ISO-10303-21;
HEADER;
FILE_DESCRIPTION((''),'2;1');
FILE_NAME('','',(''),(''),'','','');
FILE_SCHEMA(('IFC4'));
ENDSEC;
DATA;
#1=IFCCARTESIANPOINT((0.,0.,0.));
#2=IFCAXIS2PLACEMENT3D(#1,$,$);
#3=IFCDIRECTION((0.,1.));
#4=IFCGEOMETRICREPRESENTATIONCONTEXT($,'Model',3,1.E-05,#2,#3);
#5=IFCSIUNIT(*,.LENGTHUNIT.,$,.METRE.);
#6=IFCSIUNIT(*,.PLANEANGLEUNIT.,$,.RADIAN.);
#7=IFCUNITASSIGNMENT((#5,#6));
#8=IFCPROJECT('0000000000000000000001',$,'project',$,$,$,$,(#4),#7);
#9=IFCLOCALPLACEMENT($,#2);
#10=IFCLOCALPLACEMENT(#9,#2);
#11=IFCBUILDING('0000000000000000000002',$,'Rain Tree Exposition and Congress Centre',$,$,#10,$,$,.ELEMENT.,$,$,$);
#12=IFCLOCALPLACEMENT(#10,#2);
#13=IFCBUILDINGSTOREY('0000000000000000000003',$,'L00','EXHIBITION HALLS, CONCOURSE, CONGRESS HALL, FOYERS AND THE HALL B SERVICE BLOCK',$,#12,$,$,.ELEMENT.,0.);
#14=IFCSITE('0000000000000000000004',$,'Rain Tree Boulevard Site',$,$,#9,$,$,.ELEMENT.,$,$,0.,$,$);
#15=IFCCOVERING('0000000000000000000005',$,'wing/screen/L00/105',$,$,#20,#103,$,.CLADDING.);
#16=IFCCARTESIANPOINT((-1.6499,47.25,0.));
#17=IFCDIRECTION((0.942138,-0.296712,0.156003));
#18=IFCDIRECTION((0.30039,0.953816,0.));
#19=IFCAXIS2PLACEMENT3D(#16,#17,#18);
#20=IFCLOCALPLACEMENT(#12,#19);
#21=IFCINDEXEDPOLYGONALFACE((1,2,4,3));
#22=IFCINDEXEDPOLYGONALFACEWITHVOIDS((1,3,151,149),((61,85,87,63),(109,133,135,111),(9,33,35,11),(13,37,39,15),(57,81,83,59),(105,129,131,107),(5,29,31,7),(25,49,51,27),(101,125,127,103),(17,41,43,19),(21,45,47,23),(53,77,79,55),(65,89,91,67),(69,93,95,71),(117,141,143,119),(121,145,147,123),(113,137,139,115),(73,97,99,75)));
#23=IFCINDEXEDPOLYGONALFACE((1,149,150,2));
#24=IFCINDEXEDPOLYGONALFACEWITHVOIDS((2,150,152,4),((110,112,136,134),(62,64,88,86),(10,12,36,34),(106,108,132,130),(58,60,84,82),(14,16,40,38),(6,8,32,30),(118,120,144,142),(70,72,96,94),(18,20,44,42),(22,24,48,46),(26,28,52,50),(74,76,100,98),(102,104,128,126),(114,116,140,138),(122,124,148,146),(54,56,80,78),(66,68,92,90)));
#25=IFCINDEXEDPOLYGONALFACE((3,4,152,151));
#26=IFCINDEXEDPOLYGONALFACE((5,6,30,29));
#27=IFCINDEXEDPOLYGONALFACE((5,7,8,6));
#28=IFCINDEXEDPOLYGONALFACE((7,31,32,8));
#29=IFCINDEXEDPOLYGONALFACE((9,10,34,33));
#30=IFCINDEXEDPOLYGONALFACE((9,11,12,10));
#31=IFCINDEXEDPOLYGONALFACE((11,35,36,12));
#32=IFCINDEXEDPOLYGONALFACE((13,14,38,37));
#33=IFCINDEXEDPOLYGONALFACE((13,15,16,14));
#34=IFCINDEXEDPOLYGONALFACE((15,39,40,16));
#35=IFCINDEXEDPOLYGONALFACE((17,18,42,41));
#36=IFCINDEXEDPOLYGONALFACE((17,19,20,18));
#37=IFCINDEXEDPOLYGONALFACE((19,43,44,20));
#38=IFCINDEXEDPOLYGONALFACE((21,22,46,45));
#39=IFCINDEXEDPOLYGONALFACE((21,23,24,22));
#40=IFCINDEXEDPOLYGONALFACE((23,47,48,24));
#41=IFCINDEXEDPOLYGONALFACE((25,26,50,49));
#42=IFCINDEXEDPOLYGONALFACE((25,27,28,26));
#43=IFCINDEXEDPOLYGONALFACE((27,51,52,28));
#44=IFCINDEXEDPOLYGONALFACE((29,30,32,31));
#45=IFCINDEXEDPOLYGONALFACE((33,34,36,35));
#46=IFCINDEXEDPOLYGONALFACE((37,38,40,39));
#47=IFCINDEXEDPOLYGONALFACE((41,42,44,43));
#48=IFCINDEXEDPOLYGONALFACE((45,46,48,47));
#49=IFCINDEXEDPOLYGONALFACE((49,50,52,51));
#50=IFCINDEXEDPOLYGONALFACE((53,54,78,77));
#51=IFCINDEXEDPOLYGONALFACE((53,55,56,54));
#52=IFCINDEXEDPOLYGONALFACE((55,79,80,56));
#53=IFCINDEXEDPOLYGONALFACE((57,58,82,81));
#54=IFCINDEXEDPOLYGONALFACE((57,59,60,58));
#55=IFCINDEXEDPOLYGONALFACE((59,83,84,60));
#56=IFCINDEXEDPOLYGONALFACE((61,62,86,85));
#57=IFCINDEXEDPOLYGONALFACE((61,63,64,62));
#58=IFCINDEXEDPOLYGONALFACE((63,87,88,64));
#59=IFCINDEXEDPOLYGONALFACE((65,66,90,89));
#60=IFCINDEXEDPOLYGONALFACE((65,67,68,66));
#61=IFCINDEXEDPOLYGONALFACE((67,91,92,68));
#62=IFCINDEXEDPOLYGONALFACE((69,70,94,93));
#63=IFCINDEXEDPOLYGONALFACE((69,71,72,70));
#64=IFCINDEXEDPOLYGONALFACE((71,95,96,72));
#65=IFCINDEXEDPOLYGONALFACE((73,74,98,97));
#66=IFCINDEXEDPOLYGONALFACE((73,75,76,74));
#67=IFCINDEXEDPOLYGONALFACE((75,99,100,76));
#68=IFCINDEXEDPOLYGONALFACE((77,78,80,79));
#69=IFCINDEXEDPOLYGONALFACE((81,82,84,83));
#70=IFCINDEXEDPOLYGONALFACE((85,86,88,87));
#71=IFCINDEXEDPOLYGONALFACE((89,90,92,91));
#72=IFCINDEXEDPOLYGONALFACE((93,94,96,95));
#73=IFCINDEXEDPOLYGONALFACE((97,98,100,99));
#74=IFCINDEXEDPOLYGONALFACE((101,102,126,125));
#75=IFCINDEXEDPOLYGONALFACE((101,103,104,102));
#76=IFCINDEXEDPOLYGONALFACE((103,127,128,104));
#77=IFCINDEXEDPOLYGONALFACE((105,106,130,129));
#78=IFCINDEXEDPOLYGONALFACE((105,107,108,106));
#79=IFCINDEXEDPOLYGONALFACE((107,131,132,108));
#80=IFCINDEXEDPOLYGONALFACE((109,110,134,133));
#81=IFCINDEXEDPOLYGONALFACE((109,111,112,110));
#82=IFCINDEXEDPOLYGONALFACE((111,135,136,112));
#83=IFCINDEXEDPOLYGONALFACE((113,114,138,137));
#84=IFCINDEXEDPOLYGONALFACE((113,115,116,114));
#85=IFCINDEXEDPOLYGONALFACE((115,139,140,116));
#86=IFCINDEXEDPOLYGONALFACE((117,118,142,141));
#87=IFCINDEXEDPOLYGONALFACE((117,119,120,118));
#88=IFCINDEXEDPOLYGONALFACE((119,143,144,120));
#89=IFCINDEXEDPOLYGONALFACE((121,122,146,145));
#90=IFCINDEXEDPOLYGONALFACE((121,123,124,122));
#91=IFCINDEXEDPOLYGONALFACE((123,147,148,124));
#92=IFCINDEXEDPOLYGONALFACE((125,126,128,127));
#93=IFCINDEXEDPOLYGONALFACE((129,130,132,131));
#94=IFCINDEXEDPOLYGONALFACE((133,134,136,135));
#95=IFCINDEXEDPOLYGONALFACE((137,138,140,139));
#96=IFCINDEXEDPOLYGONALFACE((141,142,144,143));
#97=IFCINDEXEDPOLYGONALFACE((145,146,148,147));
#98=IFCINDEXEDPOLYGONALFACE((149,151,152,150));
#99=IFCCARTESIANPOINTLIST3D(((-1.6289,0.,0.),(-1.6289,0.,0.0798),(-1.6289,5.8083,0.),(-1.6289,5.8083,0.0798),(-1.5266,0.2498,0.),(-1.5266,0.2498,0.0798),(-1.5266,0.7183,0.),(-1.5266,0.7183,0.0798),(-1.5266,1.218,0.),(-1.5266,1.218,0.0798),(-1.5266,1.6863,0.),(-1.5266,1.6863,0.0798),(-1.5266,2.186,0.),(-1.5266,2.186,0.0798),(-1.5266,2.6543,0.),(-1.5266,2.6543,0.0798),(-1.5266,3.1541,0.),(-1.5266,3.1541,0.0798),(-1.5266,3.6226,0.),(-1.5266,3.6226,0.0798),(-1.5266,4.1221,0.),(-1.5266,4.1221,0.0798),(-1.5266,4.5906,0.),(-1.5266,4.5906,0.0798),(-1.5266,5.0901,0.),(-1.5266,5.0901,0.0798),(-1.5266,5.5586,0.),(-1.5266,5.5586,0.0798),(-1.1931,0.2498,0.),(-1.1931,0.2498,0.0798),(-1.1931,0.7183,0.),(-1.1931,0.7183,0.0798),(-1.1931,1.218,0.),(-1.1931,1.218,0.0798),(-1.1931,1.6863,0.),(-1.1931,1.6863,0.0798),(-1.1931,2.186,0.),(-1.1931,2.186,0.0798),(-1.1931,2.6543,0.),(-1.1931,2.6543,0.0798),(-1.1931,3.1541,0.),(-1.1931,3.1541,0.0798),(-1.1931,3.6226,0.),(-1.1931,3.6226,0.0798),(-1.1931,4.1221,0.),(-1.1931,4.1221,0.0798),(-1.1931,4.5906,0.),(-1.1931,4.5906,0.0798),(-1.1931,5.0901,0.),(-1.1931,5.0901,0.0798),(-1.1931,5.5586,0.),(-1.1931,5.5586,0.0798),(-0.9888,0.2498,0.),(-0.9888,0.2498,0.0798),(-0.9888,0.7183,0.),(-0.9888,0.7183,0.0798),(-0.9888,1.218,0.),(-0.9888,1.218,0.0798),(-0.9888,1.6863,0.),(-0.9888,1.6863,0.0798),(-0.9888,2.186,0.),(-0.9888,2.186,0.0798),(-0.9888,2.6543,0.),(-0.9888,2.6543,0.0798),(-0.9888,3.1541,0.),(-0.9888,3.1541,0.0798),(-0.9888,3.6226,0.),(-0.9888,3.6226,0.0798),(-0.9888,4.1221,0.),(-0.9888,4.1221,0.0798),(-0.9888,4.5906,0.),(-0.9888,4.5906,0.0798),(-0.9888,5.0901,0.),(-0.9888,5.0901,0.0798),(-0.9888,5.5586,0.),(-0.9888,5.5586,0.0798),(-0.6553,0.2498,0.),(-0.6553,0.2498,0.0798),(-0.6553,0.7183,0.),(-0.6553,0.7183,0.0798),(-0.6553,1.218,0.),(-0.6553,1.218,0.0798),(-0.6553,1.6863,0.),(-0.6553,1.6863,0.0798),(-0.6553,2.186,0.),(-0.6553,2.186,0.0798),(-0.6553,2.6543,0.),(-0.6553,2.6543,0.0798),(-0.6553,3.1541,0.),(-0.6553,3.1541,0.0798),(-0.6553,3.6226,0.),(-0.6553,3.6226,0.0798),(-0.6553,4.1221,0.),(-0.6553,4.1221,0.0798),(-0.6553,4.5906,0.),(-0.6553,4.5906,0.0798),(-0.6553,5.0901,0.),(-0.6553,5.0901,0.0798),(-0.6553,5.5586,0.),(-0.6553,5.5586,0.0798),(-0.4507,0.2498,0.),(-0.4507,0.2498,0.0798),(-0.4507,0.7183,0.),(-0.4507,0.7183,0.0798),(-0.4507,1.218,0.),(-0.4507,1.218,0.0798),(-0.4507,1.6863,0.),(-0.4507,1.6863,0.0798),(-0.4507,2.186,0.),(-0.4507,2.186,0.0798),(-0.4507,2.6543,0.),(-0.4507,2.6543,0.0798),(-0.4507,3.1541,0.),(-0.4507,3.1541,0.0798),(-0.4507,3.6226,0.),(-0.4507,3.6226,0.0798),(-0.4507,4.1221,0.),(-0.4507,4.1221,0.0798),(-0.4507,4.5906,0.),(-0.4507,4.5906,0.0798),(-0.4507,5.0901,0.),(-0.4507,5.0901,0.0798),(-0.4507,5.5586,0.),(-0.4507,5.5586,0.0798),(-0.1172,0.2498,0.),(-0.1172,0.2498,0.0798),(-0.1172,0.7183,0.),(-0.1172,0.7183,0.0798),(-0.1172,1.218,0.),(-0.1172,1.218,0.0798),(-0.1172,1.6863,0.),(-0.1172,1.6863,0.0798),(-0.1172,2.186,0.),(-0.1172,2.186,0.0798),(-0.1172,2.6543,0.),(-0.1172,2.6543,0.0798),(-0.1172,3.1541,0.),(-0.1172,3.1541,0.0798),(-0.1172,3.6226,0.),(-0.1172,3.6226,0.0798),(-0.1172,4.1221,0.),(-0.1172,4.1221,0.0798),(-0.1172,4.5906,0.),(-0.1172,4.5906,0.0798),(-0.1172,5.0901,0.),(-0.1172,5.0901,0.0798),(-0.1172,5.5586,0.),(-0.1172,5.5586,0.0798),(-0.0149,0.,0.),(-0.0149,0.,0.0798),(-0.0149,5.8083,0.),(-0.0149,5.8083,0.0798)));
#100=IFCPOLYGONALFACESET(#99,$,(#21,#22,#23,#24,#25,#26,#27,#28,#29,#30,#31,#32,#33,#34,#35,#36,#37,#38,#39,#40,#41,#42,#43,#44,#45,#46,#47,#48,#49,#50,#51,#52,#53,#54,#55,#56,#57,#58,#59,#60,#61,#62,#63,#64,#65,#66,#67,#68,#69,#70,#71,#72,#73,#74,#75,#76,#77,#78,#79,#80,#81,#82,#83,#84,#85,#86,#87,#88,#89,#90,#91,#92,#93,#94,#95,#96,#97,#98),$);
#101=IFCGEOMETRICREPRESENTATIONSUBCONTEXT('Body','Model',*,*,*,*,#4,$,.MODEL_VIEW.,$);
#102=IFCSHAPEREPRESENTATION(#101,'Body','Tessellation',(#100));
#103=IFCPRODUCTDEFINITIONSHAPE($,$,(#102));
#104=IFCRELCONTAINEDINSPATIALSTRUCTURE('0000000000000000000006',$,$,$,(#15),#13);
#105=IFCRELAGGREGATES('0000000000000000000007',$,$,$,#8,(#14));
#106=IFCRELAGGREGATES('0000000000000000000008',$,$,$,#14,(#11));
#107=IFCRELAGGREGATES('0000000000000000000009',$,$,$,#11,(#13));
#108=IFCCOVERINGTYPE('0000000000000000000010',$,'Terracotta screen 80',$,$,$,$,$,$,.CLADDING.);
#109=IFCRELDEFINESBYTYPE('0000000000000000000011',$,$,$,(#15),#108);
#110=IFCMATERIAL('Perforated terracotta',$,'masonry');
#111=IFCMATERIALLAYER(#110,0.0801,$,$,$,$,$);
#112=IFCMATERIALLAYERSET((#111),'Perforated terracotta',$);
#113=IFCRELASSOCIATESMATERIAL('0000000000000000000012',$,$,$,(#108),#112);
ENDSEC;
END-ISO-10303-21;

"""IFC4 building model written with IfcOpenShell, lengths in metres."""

from ifc_helpers import new_model, si_unit, direction, frame, origin, place, context, subcontext, project, spatial, polyline, outline, extrude, material, layer, layer_set, type_object, element, save


model = new_model("IFC4")

# Units and contexts
model_context = context("Model", 3, precision=1e-05, world=origin(), true_north=direction((0.0, 1.0)))
body_context = subcontext(model_context, "Body", "Model", "MODEL_VIEW")
ifc_project = project(units=[si_unit("LENGTHUNIT", "METRE"), si_unit("PLANEANGLEUNIT", "RADIAN")], contexts=[model_context])

# Site, building, storey
site_placement = place(None, origin())
site = spatial("IfcSite", under=ifc_project, at=site_placement, Name="Rain Tree Boulevard Site", CompositionType="ELEMENT", RefElevation=0.0)
building_placement = place(site_placement, origin())
building = spatial("IfcBuilding", under=site, at=building_placement, Name="Rain Tree Exposition and Congress Centre", CompositionType="ELEMENT")
storey_placement = place(building_placement, origin())
storey = spatial("IfcBuildingStorey", under=building, at=storey_placement, Name="L00", Description="EXHIBITION HALLS, CONCOURSE, CONGRESS HALL, FOYERS AND THE HALL B SERVICE BLOCK", CompositionType="ELEMENT", Elevation=0.0)

# Covering
ifc_material_1 = material(Name="Perforated terracotta", Category="masonry")
ifc_layer_1 = layer(ifc_material_1, 0.0801)
ifc_layer_set_1 = layer_set([ifc_layer_1], Name="Perforated terracotta")
covering_type = type_object("IfcCoveringType", Name="Terracotta screen 80", PredefinedType="CLADDING", material=ifc_layer_set_1)
covering_1_placement = place(storey_placement, frame((-1.6499, 47.25, 0.0), z_axis=(0.942138, -0.296712, 0.156003), x_axis=(0.30039, 0.953816, 0.0)))
element("IfcCovering", 1, at=covering_1_placement, inside=storey, type_object=covering_type, Name="wing/screen/L00/105", PredefinedType="CLADDING", context=body_context, shape_type="SweptSolid", body=[
    extrude(outline(polyline([(-1.6289, 0.0), (-1.6289, 5.8083), (-0.0149, 5.8083), (-0.0149, 0.0), (-1.6289, 0.0)]), holes=[polyline([(-0.1172, 0.2498), (-0.1172, 0.7183), (-0.4507, 0.7183), (-0.4507, 0.2498), (-0.1172, 0.2498)]), polyline([(-0.1172, 1.218), (-0.1172, 1.6863), (-0.4507, 1.6863), (-0.4507, 1.218), (-0.1172, 1.218)]), polyline([(-0.1172, 2.186), (-0.1172, 2.6543), (-0.4507, 2.6543), (-0.4507, 2.186), (-0.1172, 2.186)]), polyline([(-0.1172, 3.1541), (-0.1172, 3.6226), (-0.4507, 3.6226), (-0.4507, 3.1541), (-0.1172, 3.1541)]), polyline([(-0.1172, 4.1221), (-0.1172, 4.5906), (-0.4507, 4.5906), (-0.4507, 4.1221), (-0.1172, 4.1221)]), polyline([(-0.1172, 5.0901), (-0.1172, 5.5586), (-0.4507, 5.5586), (-0.4507, 5.0901), (-0.1172, 5.0901)]), polyline([(-0.6553, 0.2498), (-0.6553, 0.7183), (-0.9888, 0.7183), (-0.9888, 0.2498), (-0.6553, 0.2498)]), polyline([(-0.6553, 1.218), (-0.6553, 1.6863), (-0.9888, 1.6863), (-0.9888, 1.218), (-0.6553, 1.218)]), polyline([(-0.6553, 2.186), (-0.6553, 2.6543), (-0.9888, 2.6543), (-0.9888, 2.186), (-0.6553, 2.186)]), polyline([(-0.6553, 3.1541), (-0.6553, 3.6226), (-0.9888, 3.6226), (-0.9888, 3.1541), (-0.6553, 3.1541)]), polyline([(-0.6553, 4.1221), (-0.6553, 4.5906), (-0.9888, 4.5906), (-0.9888, 4.1221), (-0.6553, 4.1221)]), polyline([(-0.6553, 5.0901), (-0.6553, 5.5586), (-0.9888, 5.5586), (-0.9888, 5.0901), (-0.6553, 5.0901)]), polyline([(-1.1931, 0.2498), (-1.1931, 0.7183), (-1.5266, 0.7183), (-1.5266, 0.2498), (-1.1931, 0.2498)]), polyline([(-1.1931, 1.218), (-1.1931, 1.6863), (-1.5266, 1.6863), (-1.5266, 1.218), (-1.1931, 1.218)]), polyline([(-1.1931, 2.186), (-1.1931, 2.6543), (-1.5266, 2.6543), (-1.5266, 2.186), (-1.1931, 2.186)]), polyline([(-1.1931, 3.1541), (-1.1931, 3.6226), (-1.5266, 3.6226), (-1.5266, 3.1541), (-1.1931, 3.1541)]), polyline([(-1.1931, 4.1221), (-1.1931, 4.5906), (-1.5266, 4.5906), (-1.5266, 4.1221), (-1.1931, 4.1221)]), polyline([(-1.1931, 5.0901), (-1.1931, 5.5586), (-1.5266, 5.5586), (-1.5266, 5.0901), (-1.1931, 5.0901)])]), origin(), (0.0, 0.0, 1.0), 0.0798),
])

save(model, "model.ifc")
